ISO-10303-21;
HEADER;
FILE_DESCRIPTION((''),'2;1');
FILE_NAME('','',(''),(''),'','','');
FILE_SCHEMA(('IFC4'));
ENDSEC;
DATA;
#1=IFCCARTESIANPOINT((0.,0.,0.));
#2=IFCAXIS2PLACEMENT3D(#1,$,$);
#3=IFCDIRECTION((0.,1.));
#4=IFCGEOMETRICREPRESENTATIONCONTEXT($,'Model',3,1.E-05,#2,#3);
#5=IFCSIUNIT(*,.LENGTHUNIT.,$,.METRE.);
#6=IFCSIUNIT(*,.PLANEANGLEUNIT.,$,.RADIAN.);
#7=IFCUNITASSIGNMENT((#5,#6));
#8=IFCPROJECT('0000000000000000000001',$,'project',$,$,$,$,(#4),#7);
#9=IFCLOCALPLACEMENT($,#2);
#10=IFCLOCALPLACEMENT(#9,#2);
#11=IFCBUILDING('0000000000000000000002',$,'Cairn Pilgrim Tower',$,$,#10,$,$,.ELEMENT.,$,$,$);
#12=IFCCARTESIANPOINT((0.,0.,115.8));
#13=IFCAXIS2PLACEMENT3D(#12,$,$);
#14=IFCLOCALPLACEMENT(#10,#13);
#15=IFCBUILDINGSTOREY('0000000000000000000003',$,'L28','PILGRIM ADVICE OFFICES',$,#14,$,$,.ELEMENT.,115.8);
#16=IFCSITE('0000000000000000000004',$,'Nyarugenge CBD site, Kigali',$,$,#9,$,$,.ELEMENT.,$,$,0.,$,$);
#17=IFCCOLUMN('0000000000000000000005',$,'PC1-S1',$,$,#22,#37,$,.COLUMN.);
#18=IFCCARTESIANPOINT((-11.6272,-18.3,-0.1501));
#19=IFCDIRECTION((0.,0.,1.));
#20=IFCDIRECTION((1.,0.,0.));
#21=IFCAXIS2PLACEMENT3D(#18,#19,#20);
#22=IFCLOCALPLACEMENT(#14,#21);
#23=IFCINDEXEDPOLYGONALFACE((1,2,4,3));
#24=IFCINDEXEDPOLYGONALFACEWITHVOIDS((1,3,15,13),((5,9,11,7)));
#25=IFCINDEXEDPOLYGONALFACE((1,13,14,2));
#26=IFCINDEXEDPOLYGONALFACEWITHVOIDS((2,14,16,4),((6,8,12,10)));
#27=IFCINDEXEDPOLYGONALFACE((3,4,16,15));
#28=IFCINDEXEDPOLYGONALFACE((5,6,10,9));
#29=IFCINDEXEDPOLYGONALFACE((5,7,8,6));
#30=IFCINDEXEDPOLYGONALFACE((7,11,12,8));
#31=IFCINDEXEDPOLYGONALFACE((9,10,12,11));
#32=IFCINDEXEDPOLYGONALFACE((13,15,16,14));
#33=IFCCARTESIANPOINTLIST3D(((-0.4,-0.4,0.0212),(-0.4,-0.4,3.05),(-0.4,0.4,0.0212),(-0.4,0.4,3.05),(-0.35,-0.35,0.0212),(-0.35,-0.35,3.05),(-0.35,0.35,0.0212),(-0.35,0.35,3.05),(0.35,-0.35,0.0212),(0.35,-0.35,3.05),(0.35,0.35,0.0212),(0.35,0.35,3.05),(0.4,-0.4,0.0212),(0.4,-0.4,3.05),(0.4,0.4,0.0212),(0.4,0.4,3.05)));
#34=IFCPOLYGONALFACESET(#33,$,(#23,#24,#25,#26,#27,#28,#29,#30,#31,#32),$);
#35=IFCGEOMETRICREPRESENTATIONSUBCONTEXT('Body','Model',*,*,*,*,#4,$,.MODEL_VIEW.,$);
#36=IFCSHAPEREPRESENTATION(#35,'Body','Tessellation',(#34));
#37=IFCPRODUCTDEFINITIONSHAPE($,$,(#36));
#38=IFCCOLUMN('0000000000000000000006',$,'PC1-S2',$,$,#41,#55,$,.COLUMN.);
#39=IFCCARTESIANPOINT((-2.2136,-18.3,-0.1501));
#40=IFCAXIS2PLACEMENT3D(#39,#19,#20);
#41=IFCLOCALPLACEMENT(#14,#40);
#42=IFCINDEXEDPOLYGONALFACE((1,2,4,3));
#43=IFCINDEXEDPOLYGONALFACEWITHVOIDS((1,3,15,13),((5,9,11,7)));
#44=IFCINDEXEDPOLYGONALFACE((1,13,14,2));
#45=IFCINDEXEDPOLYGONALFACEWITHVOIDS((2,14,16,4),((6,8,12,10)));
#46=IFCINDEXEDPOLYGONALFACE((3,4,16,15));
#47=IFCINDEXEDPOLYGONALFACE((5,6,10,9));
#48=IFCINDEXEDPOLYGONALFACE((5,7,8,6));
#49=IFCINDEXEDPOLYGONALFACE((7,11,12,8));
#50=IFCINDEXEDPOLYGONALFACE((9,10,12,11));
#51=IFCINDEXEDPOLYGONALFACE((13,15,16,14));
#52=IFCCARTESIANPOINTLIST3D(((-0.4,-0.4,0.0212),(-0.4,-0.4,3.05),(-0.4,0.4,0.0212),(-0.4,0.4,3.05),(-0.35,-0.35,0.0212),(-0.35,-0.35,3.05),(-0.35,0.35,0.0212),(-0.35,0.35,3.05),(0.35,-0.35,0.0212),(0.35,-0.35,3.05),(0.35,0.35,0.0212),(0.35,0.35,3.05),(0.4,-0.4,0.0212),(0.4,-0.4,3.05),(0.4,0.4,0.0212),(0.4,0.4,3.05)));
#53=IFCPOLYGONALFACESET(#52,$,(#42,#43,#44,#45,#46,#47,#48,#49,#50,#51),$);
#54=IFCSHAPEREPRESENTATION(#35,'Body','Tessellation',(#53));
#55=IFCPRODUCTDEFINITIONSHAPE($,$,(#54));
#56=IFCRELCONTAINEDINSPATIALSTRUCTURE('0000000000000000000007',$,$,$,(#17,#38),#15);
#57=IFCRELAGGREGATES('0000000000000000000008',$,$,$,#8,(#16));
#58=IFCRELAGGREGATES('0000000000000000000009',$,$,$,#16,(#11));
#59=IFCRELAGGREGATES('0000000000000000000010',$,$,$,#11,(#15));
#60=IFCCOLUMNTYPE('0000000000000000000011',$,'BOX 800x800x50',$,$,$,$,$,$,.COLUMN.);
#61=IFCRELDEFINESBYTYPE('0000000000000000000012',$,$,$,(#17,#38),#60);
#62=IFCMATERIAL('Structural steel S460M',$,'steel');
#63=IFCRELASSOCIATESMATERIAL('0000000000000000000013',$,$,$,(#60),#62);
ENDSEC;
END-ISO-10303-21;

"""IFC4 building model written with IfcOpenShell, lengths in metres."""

from ifc_helpers import new_model, si_unit, direction, frame, origin, origin_2d, place, context, subcontext, project, spatial, hollow_rectangle, extrude, clip, halfspace, material, material_profile, profile_set, type_object, element, save


model = new_model("IFC4")

# Units and contexts
model_context = context("Model", 3, precision=1e-05, world=origin(), true_north=direction((0.0, 1.0)))
body_context = subcontext(model_context, "Body", "Model", "MODEL_VIEW")
ifc_project = project(units=[si_unit("LENGTHUNIT", "METRE"), si_unit("PLANEANGLEUNIT", "RADIAN")], contexts=[model_context])

# Site, building, storey
site_placement = place(None, origin())
site = spatial("IfcSite", under=ifc_project, at=site_placement, Name="Nyarugenge CBD site, Kigali", CompositionType="ELEMENT", RefElevation=0.0)
building_placement = place(site_placement, origin())
building = spatial("IfcBuilding", under=site, at=building_placement, Name="Cairn Pilgrim Tower", CompositionType="ELEMENT")
storey_placement = place(building_placement, frame((0.0, 0.0, 115.8)))
storey = spatial("IfcBuildingStorey", under=building, at=storey_placement, Name="L28", Description="PILGRIM ADVICE OFFICES", CompositionType="ELEMENT", Elevation=115.8)

# Columns
ifc_material_1 = material(Name="Structural steel S460M", Category="steel")
ifc_material_profile_1 = material_profile(ifc_material_1, hollow_rectangle(XDim=0.8, YDim=0.8, WallThickness=0.05, at=origin_2d()), Name="BOX 800x800x50")
ifc_profile_set_1 = profile_set([ifc_material_profile_1], Name="Structural steel S460M")
column_type = type_object("IfcColumnType", Name="BOX 800x800x50", PredefinedType="COLUMN", material=ifc_profile_set_1)
for number, where, z_axis, x_axis, name in (
    (1, (-11.6272, -18.3, -0.1501), (0.0, 0.0, 1.0), (1.0, 0.0, 0.0), "PC1-S1"),
    (2, (-2.2136, -18.3, -0.1501), (0.0, 0.0, 1.0), (1.0, 0.0, 0.0), "PC1-S2"),
):
    element("IfcColumn", number, at=place(storey_placement, frame(where, z_axis=z_axis, x_axis=x_axis)), inside=storey, type_object=column_type, Name=name, PredefinedType="COLUMN", context=body_context, shape_type="Clipping", body=[
        clip(clip(extrude(hollow_rectangle(XDim=0.8, YDim=0.8, WallThickness=0.05, at=origin_2d()), origin(), (0.0, 0.0, 1.0), 3.5), halfspace(frame((0.0, 0.0, 0.0212), z_axis=(0.0, 0.0, 1.0), x_axis=(1.0, 0.0, 0.0)), True)), halfspace(frame((0.0, 0.0, 3.05), z_axis=(0.0, 0.0, 1.0), x_axis=(1.0, 0.0, 0.0)), False)),
    ])

save(model, "model.ifc")
